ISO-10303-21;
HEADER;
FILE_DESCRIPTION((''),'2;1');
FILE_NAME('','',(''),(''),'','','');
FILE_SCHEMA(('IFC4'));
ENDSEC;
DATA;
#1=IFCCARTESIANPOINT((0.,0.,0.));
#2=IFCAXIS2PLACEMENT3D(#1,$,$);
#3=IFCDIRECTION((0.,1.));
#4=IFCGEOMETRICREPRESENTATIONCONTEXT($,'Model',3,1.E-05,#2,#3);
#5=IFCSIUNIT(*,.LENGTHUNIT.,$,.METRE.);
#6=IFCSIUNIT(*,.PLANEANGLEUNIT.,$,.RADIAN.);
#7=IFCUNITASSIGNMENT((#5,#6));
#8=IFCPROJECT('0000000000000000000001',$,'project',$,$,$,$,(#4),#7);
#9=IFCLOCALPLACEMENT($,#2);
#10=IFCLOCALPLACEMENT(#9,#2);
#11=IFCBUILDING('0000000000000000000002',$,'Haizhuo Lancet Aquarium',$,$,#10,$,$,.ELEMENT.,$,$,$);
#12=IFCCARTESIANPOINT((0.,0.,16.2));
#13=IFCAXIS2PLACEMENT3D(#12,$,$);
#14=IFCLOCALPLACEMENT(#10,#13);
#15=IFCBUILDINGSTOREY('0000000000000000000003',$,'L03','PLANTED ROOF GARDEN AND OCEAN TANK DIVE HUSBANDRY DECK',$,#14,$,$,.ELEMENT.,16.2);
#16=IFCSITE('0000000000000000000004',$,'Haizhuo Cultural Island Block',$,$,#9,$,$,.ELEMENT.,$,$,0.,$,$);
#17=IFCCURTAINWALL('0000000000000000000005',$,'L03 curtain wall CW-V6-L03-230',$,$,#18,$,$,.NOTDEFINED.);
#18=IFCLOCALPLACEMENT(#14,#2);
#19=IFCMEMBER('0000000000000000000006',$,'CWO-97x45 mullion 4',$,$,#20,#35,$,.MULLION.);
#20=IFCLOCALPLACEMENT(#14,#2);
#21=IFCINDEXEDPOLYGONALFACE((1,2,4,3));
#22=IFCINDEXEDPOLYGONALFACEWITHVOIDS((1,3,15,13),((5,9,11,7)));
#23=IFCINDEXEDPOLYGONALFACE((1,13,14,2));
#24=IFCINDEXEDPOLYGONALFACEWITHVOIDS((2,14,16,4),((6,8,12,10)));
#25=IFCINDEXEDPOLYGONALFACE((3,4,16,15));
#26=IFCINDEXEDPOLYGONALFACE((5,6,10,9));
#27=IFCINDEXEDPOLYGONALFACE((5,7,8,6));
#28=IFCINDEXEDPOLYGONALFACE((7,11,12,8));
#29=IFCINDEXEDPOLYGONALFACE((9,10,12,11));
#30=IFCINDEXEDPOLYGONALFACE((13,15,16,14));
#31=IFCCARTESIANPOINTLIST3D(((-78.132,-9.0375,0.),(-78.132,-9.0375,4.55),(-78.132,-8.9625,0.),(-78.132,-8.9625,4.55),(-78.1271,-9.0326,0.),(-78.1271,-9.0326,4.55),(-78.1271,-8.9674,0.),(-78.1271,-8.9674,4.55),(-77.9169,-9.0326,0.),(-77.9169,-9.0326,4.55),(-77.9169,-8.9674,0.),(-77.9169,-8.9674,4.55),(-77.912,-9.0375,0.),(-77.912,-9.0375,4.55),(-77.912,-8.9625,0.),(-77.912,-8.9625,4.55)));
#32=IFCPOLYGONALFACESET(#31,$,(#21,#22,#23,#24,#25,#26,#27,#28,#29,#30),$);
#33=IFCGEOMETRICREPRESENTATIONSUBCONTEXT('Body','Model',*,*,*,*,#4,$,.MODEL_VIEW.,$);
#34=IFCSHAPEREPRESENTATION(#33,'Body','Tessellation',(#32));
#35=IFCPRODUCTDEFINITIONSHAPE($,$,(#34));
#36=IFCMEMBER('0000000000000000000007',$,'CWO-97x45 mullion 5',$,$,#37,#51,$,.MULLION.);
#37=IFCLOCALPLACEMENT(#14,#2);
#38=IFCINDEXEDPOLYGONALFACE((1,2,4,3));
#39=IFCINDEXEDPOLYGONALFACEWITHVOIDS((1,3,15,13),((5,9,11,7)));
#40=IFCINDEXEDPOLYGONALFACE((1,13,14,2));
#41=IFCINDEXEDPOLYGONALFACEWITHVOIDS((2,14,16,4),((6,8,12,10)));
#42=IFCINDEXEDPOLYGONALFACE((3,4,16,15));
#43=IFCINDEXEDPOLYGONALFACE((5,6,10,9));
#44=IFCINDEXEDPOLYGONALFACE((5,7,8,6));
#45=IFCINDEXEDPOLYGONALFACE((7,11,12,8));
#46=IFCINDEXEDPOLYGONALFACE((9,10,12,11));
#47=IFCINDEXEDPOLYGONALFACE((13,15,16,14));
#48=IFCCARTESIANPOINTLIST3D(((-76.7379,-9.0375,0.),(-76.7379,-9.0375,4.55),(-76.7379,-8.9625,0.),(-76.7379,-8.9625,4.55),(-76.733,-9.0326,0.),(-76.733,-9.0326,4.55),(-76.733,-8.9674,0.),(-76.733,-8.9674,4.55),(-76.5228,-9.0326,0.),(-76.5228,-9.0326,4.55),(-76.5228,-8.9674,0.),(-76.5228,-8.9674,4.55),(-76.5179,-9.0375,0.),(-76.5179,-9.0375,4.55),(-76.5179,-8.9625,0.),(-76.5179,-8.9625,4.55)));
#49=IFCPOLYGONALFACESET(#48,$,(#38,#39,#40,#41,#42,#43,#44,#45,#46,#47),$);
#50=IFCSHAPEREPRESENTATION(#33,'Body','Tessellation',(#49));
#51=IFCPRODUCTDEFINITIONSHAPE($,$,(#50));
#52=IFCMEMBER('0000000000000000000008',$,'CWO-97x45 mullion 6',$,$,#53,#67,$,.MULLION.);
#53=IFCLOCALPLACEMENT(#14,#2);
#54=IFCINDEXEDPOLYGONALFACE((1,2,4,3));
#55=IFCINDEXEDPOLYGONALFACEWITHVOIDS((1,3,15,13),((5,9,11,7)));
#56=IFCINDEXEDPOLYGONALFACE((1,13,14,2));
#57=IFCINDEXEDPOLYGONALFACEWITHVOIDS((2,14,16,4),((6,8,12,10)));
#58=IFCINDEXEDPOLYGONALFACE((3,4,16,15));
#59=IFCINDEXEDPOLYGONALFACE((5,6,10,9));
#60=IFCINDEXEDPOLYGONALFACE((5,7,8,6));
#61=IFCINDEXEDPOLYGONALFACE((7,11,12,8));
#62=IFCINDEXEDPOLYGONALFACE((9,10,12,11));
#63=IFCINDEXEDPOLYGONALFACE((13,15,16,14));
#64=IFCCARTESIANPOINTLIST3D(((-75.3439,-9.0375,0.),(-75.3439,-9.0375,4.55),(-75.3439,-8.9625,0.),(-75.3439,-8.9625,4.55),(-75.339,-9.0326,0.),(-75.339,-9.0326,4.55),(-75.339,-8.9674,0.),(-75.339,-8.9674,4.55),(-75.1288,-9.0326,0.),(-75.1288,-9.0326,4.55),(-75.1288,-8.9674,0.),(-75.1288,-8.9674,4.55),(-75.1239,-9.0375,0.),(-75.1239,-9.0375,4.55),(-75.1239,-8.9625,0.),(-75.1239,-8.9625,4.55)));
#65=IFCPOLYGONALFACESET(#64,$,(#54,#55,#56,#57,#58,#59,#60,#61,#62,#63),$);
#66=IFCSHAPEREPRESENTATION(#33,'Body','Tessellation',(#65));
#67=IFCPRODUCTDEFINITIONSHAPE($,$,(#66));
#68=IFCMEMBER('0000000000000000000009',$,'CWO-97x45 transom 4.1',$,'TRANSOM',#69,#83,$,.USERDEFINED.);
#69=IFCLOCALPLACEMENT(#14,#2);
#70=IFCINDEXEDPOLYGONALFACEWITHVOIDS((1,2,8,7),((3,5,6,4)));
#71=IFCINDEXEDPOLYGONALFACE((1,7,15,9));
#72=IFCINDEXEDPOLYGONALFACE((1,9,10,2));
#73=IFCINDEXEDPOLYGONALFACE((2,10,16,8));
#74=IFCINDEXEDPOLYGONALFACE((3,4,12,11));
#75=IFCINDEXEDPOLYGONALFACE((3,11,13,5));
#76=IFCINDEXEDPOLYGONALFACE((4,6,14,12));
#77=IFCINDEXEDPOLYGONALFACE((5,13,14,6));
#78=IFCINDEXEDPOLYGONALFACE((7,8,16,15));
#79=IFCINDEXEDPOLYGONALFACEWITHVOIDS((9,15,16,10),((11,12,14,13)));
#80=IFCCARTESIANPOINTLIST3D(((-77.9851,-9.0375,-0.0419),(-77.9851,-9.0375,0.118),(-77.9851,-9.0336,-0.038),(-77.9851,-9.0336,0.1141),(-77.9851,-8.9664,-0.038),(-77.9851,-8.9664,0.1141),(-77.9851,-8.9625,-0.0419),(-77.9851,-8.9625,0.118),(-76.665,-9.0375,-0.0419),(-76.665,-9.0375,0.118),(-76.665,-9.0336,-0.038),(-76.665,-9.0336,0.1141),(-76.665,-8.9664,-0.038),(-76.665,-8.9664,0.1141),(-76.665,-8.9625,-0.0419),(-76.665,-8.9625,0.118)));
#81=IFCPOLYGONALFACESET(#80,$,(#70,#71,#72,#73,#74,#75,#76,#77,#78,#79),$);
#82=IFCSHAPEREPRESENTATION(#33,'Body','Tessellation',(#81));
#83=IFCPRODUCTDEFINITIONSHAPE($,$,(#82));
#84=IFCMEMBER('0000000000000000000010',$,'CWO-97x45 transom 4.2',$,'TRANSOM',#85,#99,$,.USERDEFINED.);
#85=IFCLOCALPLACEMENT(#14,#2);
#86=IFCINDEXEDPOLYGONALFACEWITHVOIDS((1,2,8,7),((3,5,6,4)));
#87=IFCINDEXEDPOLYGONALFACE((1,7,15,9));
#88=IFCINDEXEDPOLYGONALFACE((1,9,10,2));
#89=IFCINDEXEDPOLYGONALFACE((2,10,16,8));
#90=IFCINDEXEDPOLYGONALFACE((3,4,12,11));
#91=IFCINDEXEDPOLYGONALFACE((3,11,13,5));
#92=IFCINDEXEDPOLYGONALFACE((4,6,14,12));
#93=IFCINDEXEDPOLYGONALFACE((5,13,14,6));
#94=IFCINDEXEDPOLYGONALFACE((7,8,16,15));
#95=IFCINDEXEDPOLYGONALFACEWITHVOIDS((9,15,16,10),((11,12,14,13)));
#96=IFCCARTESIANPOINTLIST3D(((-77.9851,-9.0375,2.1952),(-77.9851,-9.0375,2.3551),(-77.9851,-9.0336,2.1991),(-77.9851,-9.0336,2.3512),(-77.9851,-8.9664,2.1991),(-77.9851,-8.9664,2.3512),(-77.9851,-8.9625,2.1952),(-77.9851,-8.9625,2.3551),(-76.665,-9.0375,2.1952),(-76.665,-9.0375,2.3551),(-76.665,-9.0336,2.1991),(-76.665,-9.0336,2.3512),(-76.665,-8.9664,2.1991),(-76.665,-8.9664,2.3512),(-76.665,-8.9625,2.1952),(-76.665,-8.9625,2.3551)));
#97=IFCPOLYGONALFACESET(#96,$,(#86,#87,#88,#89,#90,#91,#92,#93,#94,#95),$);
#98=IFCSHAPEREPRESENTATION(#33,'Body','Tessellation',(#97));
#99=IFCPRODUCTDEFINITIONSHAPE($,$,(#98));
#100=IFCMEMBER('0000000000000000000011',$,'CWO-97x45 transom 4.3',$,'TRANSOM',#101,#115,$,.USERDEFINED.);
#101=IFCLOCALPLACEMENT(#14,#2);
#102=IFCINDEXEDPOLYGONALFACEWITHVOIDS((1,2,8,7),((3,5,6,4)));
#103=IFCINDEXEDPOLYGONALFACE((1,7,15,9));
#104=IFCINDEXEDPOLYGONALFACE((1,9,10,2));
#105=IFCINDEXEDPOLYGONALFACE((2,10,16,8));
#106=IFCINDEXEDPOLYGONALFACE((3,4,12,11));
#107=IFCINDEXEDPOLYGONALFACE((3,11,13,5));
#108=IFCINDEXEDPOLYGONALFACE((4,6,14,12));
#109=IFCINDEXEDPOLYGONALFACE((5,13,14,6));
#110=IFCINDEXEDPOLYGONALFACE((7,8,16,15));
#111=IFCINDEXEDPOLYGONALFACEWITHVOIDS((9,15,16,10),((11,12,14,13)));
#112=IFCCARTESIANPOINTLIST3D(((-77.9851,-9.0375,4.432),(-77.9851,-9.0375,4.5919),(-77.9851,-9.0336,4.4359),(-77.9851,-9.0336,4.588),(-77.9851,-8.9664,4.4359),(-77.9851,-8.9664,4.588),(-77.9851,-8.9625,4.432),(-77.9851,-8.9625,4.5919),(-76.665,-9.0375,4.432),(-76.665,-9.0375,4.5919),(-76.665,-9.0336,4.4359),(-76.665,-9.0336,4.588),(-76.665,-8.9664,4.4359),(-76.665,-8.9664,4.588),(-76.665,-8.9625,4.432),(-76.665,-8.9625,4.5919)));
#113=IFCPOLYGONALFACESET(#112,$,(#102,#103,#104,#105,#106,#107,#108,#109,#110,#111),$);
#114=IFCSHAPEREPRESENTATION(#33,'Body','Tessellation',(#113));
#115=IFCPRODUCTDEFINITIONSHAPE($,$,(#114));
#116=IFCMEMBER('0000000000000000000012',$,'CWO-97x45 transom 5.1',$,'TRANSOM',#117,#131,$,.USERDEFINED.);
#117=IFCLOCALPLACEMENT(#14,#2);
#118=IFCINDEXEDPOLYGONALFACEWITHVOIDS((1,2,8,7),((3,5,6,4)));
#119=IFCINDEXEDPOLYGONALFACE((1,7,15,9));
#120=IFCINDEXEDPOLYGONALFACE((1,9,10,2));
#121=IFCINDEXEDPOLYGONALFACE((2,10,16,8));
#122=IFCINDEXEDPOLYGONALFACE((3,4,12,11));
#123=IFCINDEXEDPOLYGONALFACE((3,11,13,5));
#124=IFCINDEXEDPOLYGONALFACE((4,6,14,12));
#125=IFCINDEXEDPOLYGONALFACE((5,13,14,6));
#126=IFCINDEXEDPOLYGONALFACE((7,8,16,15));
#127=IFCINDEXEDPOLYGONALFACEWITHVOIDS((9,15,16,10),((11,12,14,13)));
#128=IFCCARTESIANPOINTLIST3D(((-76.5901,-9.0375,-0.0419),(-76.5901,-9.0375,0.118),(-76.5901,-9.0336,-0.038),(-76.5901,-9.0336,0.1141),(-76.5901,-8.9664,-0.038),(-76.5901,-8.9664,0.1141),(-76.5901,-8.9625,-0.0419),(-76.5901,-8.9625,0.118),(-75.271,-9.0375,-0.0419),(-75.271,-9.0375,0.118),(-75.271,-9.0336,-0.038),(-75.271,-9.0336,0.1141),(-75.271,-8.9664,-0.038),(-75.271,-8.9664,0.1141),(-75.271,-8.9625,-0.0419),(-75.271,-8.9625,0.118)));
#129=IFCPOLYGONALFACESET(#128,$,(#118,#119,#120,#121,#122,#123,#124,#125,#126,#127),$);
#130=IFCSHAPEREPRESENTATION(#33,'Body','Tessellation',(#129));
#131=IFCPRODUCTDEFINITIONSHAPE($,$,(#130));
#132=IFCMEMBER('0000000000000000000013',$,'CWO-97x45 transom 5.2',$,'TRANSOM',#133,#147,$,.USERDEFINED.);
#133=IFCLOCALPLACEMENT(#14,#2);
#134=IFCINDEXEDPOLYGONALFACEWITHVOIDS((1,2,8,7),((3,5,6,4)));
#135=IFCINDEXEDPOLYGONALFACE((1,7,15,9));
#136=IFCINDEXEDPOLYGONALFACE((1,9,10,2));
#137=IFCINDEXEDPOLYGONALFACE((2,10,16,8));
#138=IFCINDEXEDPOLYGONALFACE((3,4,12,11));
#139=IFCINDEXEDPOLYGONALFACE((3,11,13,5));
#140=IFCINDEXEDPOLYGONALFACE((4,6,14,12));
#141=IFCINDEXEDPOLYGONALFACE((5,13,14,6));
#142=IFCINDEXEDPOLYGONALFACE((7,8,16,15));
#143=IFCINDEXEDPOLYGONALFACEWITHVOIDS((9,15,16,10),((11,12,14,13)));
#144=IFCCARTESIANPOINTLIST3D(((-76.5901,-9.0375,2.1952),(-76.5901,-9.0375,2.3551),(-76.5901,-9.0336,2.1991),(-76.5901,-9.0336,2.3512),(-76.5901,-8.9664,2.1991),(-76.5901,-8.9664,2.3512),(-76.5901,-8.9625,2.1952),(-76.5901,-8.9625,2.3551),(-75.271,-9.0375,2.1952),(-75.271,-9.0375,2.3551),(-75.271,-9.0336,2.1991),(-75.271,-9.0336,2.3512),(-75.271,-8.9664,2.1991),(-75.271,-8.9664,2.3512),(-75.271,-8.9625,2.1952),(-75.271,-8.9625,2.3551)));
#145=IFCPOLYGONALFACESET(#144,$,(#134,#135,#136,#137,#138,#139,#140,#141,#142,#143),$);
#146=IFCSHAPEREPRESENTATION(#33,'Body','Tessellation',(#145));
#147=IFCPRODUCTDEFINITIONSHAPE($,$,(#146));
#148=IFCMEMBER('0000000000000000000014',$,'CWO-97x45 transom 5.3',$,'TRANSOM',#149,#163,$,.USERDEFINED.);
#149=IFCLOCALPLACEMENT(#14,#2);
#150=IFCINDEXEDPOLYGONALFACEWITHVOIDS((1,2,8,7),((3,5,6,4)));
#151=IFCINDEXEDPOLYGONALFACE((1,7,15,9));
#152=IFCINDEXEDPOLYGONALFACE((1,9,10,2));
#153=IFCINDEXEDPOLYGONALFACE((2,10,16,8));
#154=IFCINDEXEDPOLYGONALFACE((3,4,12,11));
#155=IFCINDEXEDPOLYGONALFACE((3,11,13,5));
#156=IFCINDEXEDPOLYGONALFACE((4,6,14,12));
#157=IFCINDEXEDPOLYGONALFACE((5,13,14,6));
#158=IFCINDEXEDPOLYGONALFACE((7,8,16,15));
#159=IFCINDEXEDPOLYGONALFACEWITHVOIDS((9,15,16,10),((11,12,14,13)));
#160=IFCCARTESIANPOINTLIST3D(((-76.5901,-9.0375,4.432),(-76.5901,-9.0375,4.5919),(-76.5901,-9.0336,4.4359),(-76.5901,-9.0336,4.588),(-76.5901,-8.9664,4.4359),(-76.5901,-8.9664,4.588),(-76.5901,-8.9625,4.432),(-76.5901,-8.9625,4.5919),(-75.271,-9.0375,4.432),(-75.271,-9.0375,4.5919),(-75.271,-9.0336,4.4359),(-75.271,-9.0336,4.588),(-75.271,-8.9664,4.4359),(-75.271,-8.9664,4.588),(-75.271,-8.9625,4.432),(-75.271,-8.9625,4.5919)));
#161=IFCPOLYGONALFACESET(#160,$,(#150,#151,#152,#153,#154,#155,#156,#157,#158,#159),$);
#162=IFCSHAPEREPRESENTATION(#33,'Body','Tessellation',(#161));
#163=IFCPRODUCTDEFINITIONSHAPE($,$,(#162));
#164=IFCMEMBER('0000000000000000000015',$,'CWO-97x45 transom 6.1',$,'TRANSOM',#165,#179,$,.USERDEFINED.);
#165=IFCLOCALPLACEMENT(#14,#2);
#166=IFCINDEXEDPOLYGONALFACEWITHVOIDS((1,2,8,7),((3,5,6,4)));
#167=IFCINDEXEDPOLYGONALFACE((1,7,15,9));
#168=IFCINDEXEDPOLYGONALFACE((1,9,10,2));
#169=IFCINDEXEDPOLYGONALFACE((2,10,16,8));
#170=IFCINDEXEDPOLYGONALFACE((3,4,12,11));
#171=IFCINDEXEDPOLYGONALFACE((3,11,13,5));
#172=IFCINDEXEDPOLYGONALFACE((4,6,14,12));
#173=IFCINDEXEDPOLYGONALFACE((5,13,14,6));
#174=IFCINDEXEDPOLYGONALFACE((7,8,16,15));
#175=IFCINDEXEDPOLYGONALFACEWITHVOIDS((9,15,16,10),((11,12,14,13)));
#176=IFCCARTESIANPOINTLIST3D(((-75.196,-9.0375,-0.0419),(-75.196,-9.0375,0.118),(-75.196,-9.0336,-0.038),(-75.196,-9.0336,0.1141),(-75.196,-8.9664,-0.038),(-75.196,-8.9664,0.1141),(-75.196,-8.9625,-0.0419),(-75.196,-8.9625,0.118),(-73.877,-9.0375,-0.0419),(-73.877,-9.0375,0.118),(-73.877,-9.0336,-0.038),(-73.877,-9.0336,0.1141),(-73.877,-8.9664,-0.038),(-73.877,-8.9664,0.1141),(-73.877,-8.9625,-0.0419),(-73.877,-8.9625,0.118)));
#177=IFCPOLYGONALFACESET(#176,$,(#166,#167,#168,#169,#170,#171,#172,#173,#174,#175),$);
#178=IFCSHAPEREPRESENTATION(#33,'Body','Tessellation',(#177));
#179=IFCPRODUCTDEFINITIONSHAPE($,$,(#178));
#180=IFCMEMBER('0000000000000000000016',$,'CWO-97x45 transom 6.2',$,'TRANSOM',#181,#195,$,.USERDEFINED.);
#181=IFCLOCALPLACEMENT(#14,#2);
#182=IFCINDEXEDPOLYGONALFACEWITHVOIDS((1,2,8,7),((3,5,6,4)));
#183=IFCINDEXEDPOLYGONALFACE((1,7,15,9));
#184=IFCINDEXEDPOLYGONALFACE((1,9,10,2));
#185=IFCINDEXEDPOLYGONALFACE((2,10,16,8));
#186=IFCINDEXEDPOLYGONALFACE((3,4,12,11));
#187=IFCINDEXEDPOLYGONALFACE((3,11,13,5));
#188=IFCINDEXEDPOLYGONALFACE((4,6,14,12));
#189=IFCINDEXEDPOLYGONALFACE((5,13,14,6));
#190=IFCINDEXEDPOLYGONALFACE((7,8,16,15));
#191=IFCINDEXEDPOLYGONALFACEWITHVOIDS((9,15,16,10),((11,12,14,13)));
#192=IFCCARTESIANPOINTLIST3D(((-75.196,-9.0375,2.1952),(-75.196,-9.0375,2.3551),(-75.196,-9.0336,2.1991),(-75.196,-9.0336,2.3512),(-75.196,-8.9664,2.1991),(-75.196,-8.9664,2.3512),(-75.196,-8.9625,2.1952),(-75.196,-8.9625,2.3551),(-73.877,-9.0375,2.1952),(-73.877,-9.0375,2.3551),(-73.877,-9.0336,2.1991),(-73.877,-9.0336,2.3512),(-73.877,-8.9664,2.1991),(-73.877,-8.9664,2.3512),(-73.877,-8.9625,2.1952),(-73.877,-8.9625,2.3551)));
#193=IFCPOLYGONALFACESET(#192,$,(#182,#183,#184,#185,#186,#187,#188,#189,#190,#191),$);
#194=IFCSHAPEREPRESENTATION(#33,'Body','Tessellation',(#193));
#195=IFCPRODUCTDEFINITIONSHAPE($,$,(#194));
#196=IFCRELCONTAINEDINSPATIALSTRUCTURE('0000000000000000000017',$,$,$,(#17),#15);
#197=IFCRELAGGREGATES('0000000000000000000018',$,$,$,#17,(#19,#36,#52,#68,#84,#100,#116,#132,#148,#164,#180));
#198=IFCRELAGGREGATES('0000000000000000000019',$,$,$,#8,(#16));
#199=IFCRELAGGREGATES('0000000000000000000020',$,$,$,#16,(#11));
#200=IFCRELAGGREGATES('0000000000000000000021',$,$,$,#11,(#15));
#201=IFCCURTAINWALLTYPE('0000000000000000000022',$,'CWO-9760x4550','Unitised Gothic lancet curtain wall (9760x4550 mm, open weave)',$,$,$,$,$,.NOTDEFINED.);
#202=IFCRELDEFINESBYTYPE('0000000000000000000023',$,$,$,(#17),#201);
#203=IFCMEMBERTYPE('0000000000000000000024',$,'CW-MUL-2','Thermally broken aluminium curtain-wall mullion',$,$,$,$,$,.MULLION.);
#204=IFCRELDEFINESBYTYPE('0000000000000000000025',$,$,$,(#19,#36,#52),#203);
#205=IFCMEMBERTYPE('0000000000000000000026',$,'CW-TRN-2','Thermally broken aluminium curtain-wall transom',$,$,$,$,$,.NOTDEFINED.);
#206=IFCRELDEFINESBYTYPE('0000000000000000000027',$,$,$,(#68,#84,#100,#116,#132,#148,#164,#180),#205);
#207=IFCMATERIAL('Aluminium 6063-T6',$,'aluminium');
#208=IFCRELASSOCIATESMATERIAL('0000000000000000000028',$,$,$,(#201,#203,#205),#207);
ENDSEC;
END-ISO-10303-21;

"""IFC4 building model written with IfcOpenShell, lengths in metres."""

from ifc_helpers import new_model, si_unit, direction, frame, origin, origin_2d, place, context, subcontext, project, spatial, hollow_rectangle, extrude, material, material_profile, profile_set, type_object, element, aggregate, save


model = new_model("IFC4")

# Units and contexts
model_context = context("Model", 3, precision=1e-05, world=origin(), true_north=direction((0.0, 1.0)))
body_context = subcontext(model_context, "Body", "Model", "MODEL_VIEW")
ifc_project = project(units=[si_unit("LENGTHUNIT", "METRE"), si_unit("PLANEANGLEUNIT", "RADIAN")], contexts=[model_context])

# Site, building, storey
site_placement = place(None, origin())
site = spatial("IfcSite", under=ifc_project, at=site_placement, Name="Haizhuo Cultural Island Block", CompositionType="ELEMENT", RefElevation=0.0)
building_placement = place(site_placement, origin())
building = spatial("IfcBuilding", under=site, at=building_placement, Name="Haizhuo Lancet Aquarium", CompositionType="ELEMENT")
storey_placement = place(building_placement, frame((0.0, 0.0, 16.2)))
storey = spatial("IfcBuildingStorey", under=building, at=storey_placement, Name="L03", Description="PLANTED ROOF GARDEN AND OCEAN TANK DIVE HUSBANDRY DECK", CompositionType="ELEMENT", Elevation=16.2)

# Curtain wall, members
ifc_material_1 = material(Name="Aluminium 6063-T6", Category="aluminium")
curtain_wall_type = type_object("IfcCurtainWallType", Name="CWO-9760x4550", Description="Unitised Gothic lancet curtain wall (9760x4550 mm, open weave)", PredefinedType="NOTDEFINED", material=ifc_material_1)
curtain_wall_placement = place(storey_placement, origin())
curtain_wall = element("IfcCurtainWall", 1, at=curtain_wall_placement, inside=storey, type_object=curtain_wall_type, Name="L03 curtain wall CW-V6-L03-230", PredefinedType="NOTDEFINED")
ifc_material_profile_1 = material_profile(ifc_material_1, hollow_rectangle(XDim=0.075, YDim=0.22, WallThickness=0.0049, at=origin_2d()), Name="ALU-M 75x220x5")
ifc_profile_set_1 = profile_set([ifc_material_profile_1], Name="Aluminium 6063-T6")
member_type_1 = type_object("IfcMemberType", Name="CW-MUL-2", Description="Thermally broken aluminium curtain-wall mullion", PredefinedType="MULLION", material=ifc_profile_set_1)
member_1_placement = place(storey_placement, frame((-78.022, -9.0, 0.0), z_axis=(0.0, 0.0, 1.0), x_axis=(0.0, 1.0, 0.0)))
member_1 = element("IfcMember", 2, at=member_1_placement, type_object=member_type_1, Name="CWO-97x45 mullion 4", PredefinedType="MULLION", context=body_context, shape_type="SweptSolid", body=[
    extrude(hollow_rectangle(XDim=0.075, YDim=0.22, WallThickness=0.0049, at=origin_2d()), origin(), (0.0, 0.0, 1.0), 4.55),
])
member_2_placement = place(storey_placement, frame((-76.6279, -9.0, 0.0), z_axis=(0.0, 0.0, 1.0), x_axis=(0.0, 1.0, 0.0)))
member_2 = element("IfcMember", 3, at=member_2_placement, type_object=member_type_1, Name="CWO-97x45 mullion 5", PredefinedType="MULLION", context=body_context, shape_type="SweptSolid", body=[
    extrude(hollow_rectangle(XDim=0.075, YDim=0.22, WallThickness=0.0049, at=origin_2d()), origin(), (0.0, 0.0, 1.0), 4.55),
])
member_3_placement = place(storey_placement, frame((-75.2339, -9.0, 0.0), z_axis=(0.0, 0.0, 1.0), x_axis=(0.0, 1.0, 0.0)))
member_3 = element("IfcMember", 4, at=member_3_placement, type_object=member_type_1, Name="CWO-97x45 mullion 6", PredefinedType="MULLION", context=body_context, shape_type="SweptSolid", body=[
    extrude(hollow_rectangle(XDim=0.075, YDim=0.22, WallThickness=0.0049, at=origin_2d()), origin(), (0.0, 0.0, 1.0), 4.55),
])
ifc_material_profile_2 = material_profile(ifc_material_1, hollow_rectangle(XDim=0.075, YDim=0.1599, WallThickness=0.0039, at=origin_2d()), Name="ALU-T 75x160x4")
ifc_profile_set_2 = profile_set([ifc_material_profile_2], Name="Aluminium 6063-T6")
member_type_2 = type_object("IfcMemberType", Name="CW-TRN-2", Description="Thermally broken aluminium curtain-wall transom", PredefinedType="NOTDEFINED", material=ifc_profile_set_2)
member_4_placement = place(storey_placement, frame((-77.9851, -9.0, 0.0381), z_axis=(1.0, 0.0, 0.0), x_axis=(0.0, 1.0, 0.0)))
member_4 = element("IfcMember", 5, at=member_4_placement, type_object=member_type_2, Name="CWO-97x45 transom 4.1", ObjectType="TRANSOM", PredefinedType="USERDEFINED", context=body_context, shape_type="SweptSolid", body=[
    extrude(hollow_rectangle(XDim=0.075, YDim=0.1599, WallThickness=0.0039, at=origin_2d()), origin(), (0.0, 0.0, 1.0), 1.3201),
])
member_5_placement = place(storey_placement, frame((-77.9851, -9.0, 2.2751), z_axis=(1.0, 0.0, 0.0), x_axis=(0.0, 1.0, 0.0)))
member_5 = element("IfcMember", 6, at=member_5_placement, type_object=member_type_2, Name="CWO-97x45 transom 4.2", ObjectType="TRANSOM", PredefinedType="USERDEFINED", context=body_context, shape_type="SweptSolid", body=[
    extrude(hollow_rectangle(XDim=0.075, YDim=0.1599, WallThickness=0.0039, at=origin_2d()), origin(), (0.0, 0.0, 1.0), 1.3201),
])
member_6_placement = place(storey_placement, frame((-77.9851, -9.0, 4.512), z_axis=(1.0, 0.0, 0.0), x_axis=(0.0, 1.0, 0.0)))
member_6 = element("IfcMember", 7, at=member_6_placement, type_object=member_type_2, Name="CWO-97x45 transom 4.3", ObjectType="TRANSOM", PredefinedType="USERDEFINED", context=body_context, shape_type="SweptSolid", body=[
    extrude(hollow_rectangle(XDim=0.075, YDim=0.1599, WallThickness=0.0039, at=origin_2d()), origin(), (0.0, 0.0, 1.0), 1.3201),
])
member_7_placement = place(storey_placement, frame((-76.5901, -9.0, 0.0381), z_axis=(1.0, 0.0, 0.0), x_axis=(0.0, 1.0, 0.0)))
member_7 = element("IfcMember", 8, at=member_7_placement, type_object=member_type_2, Name="CWO-97x45 transom 5.1", ObjectType="TRANSOM", PredefinedType="USERDEFINED", context=body_context, shape_type="SweptSolid", body=[
    extrude(hollow_rectangle(XDim=0.075, YDim=0.1599, WallThickness=0.0039, at=origin_2d()), origin(), (0.0, 0.0, 1.0), 1.3191),
])
member_8_placement = place(storey_placement, frame((-76.5901, -9.0, 2.2751), z_axis=(1.0, 0.0, 0.0), x_axis=(0.0, 1.0, 0.0)))
member_8 = element("IfcMember", 9, at=member_8_placement, type_object=member_type_2, Name="CWO-97x45 transom 5.2", ObjectType="TRANSOM", PredefinedType="USERDEFINED", context=body_context, shape_type="SweptSolid", body=[
    extrude(hollow_rectangle(XDim=0.075, YDim=0.1599, WallThickness=0.0039, at=origin_2d()), origin(), (0.0, 0.0, 1.0), 1.3191),
])
member_9_placement = place(storey_placement, frame((-76.5901, -9.0, 4.512), z_axis=(1.0, 0.0, 0.0), x_axis=(0.0, 1.0, 0.0)))
member_9 = element("IfcMember", 10, at=member_9_placement, type_object=member_type_2, Name="CWO-97x45 transom 5.3", ObjectType="TRANSOM", PredefinedType="USERDEFINED", context=body_context, shape_type="SweptSolid", body=[
    extrude(hollow_rectangle(XDim=0.075, YDim=0.1599, WallThickness=0.0039, at=origin_2d()), origin(), (0.0, 0.0, 1.0), 1.3191),
])
member_10_placement = place(storey_placement, frame((-75.196, -9.0, 0.0381), z_axis=(1.0, 0.0, 0.0), x_axis=(0.0, 1.0, 0.0)))
member_10 = element("IfcMember", 11, at=member_10_placement, type_object=member_type_2, Name="CWO-97x45 transom 6.1", ObjectType="TRANSOM", PredefinedType="USERDEFINED", context=body_context, shape_type="SweptSolid", body=[
    extrude(hollow_rectangle(XDim=0.075, YDim=0.1599, WallThickness=0.0039, at=origin_2d()), origin(), (0.0, 0.0, 1.0), 1.3191),
])
member_11_placement = place(storey_placement, frame((-75.196, -9.0, 2.2751), z_axis=(1.0, 0.0, 0.0), x_axis=(0.0, 1.0, 0.0)))
member_11 = element("IfcMember", 12, at=member_11_placement, type_object=member_type_2, Name="CWO-97x45 transom 6.2", ObjectType="TRANSOM", PredefinedType="USERDEFINED", context=body_context, shape_type="SweptSolid", body=[
    extrude(hollow_rectangle(XDim=0.075, YDim=0.1599, WallThickness=0.0039, at=origin_2d()), origin(), (0.0, 0.0, 1.0), 1.3191),
])

aggregate(curtain_wall, [member_1, member_2, member_3, member_4, member_5, member_6, member_7, member_8, member_9, member_10, member_11])

save(model, "model.ifc")
